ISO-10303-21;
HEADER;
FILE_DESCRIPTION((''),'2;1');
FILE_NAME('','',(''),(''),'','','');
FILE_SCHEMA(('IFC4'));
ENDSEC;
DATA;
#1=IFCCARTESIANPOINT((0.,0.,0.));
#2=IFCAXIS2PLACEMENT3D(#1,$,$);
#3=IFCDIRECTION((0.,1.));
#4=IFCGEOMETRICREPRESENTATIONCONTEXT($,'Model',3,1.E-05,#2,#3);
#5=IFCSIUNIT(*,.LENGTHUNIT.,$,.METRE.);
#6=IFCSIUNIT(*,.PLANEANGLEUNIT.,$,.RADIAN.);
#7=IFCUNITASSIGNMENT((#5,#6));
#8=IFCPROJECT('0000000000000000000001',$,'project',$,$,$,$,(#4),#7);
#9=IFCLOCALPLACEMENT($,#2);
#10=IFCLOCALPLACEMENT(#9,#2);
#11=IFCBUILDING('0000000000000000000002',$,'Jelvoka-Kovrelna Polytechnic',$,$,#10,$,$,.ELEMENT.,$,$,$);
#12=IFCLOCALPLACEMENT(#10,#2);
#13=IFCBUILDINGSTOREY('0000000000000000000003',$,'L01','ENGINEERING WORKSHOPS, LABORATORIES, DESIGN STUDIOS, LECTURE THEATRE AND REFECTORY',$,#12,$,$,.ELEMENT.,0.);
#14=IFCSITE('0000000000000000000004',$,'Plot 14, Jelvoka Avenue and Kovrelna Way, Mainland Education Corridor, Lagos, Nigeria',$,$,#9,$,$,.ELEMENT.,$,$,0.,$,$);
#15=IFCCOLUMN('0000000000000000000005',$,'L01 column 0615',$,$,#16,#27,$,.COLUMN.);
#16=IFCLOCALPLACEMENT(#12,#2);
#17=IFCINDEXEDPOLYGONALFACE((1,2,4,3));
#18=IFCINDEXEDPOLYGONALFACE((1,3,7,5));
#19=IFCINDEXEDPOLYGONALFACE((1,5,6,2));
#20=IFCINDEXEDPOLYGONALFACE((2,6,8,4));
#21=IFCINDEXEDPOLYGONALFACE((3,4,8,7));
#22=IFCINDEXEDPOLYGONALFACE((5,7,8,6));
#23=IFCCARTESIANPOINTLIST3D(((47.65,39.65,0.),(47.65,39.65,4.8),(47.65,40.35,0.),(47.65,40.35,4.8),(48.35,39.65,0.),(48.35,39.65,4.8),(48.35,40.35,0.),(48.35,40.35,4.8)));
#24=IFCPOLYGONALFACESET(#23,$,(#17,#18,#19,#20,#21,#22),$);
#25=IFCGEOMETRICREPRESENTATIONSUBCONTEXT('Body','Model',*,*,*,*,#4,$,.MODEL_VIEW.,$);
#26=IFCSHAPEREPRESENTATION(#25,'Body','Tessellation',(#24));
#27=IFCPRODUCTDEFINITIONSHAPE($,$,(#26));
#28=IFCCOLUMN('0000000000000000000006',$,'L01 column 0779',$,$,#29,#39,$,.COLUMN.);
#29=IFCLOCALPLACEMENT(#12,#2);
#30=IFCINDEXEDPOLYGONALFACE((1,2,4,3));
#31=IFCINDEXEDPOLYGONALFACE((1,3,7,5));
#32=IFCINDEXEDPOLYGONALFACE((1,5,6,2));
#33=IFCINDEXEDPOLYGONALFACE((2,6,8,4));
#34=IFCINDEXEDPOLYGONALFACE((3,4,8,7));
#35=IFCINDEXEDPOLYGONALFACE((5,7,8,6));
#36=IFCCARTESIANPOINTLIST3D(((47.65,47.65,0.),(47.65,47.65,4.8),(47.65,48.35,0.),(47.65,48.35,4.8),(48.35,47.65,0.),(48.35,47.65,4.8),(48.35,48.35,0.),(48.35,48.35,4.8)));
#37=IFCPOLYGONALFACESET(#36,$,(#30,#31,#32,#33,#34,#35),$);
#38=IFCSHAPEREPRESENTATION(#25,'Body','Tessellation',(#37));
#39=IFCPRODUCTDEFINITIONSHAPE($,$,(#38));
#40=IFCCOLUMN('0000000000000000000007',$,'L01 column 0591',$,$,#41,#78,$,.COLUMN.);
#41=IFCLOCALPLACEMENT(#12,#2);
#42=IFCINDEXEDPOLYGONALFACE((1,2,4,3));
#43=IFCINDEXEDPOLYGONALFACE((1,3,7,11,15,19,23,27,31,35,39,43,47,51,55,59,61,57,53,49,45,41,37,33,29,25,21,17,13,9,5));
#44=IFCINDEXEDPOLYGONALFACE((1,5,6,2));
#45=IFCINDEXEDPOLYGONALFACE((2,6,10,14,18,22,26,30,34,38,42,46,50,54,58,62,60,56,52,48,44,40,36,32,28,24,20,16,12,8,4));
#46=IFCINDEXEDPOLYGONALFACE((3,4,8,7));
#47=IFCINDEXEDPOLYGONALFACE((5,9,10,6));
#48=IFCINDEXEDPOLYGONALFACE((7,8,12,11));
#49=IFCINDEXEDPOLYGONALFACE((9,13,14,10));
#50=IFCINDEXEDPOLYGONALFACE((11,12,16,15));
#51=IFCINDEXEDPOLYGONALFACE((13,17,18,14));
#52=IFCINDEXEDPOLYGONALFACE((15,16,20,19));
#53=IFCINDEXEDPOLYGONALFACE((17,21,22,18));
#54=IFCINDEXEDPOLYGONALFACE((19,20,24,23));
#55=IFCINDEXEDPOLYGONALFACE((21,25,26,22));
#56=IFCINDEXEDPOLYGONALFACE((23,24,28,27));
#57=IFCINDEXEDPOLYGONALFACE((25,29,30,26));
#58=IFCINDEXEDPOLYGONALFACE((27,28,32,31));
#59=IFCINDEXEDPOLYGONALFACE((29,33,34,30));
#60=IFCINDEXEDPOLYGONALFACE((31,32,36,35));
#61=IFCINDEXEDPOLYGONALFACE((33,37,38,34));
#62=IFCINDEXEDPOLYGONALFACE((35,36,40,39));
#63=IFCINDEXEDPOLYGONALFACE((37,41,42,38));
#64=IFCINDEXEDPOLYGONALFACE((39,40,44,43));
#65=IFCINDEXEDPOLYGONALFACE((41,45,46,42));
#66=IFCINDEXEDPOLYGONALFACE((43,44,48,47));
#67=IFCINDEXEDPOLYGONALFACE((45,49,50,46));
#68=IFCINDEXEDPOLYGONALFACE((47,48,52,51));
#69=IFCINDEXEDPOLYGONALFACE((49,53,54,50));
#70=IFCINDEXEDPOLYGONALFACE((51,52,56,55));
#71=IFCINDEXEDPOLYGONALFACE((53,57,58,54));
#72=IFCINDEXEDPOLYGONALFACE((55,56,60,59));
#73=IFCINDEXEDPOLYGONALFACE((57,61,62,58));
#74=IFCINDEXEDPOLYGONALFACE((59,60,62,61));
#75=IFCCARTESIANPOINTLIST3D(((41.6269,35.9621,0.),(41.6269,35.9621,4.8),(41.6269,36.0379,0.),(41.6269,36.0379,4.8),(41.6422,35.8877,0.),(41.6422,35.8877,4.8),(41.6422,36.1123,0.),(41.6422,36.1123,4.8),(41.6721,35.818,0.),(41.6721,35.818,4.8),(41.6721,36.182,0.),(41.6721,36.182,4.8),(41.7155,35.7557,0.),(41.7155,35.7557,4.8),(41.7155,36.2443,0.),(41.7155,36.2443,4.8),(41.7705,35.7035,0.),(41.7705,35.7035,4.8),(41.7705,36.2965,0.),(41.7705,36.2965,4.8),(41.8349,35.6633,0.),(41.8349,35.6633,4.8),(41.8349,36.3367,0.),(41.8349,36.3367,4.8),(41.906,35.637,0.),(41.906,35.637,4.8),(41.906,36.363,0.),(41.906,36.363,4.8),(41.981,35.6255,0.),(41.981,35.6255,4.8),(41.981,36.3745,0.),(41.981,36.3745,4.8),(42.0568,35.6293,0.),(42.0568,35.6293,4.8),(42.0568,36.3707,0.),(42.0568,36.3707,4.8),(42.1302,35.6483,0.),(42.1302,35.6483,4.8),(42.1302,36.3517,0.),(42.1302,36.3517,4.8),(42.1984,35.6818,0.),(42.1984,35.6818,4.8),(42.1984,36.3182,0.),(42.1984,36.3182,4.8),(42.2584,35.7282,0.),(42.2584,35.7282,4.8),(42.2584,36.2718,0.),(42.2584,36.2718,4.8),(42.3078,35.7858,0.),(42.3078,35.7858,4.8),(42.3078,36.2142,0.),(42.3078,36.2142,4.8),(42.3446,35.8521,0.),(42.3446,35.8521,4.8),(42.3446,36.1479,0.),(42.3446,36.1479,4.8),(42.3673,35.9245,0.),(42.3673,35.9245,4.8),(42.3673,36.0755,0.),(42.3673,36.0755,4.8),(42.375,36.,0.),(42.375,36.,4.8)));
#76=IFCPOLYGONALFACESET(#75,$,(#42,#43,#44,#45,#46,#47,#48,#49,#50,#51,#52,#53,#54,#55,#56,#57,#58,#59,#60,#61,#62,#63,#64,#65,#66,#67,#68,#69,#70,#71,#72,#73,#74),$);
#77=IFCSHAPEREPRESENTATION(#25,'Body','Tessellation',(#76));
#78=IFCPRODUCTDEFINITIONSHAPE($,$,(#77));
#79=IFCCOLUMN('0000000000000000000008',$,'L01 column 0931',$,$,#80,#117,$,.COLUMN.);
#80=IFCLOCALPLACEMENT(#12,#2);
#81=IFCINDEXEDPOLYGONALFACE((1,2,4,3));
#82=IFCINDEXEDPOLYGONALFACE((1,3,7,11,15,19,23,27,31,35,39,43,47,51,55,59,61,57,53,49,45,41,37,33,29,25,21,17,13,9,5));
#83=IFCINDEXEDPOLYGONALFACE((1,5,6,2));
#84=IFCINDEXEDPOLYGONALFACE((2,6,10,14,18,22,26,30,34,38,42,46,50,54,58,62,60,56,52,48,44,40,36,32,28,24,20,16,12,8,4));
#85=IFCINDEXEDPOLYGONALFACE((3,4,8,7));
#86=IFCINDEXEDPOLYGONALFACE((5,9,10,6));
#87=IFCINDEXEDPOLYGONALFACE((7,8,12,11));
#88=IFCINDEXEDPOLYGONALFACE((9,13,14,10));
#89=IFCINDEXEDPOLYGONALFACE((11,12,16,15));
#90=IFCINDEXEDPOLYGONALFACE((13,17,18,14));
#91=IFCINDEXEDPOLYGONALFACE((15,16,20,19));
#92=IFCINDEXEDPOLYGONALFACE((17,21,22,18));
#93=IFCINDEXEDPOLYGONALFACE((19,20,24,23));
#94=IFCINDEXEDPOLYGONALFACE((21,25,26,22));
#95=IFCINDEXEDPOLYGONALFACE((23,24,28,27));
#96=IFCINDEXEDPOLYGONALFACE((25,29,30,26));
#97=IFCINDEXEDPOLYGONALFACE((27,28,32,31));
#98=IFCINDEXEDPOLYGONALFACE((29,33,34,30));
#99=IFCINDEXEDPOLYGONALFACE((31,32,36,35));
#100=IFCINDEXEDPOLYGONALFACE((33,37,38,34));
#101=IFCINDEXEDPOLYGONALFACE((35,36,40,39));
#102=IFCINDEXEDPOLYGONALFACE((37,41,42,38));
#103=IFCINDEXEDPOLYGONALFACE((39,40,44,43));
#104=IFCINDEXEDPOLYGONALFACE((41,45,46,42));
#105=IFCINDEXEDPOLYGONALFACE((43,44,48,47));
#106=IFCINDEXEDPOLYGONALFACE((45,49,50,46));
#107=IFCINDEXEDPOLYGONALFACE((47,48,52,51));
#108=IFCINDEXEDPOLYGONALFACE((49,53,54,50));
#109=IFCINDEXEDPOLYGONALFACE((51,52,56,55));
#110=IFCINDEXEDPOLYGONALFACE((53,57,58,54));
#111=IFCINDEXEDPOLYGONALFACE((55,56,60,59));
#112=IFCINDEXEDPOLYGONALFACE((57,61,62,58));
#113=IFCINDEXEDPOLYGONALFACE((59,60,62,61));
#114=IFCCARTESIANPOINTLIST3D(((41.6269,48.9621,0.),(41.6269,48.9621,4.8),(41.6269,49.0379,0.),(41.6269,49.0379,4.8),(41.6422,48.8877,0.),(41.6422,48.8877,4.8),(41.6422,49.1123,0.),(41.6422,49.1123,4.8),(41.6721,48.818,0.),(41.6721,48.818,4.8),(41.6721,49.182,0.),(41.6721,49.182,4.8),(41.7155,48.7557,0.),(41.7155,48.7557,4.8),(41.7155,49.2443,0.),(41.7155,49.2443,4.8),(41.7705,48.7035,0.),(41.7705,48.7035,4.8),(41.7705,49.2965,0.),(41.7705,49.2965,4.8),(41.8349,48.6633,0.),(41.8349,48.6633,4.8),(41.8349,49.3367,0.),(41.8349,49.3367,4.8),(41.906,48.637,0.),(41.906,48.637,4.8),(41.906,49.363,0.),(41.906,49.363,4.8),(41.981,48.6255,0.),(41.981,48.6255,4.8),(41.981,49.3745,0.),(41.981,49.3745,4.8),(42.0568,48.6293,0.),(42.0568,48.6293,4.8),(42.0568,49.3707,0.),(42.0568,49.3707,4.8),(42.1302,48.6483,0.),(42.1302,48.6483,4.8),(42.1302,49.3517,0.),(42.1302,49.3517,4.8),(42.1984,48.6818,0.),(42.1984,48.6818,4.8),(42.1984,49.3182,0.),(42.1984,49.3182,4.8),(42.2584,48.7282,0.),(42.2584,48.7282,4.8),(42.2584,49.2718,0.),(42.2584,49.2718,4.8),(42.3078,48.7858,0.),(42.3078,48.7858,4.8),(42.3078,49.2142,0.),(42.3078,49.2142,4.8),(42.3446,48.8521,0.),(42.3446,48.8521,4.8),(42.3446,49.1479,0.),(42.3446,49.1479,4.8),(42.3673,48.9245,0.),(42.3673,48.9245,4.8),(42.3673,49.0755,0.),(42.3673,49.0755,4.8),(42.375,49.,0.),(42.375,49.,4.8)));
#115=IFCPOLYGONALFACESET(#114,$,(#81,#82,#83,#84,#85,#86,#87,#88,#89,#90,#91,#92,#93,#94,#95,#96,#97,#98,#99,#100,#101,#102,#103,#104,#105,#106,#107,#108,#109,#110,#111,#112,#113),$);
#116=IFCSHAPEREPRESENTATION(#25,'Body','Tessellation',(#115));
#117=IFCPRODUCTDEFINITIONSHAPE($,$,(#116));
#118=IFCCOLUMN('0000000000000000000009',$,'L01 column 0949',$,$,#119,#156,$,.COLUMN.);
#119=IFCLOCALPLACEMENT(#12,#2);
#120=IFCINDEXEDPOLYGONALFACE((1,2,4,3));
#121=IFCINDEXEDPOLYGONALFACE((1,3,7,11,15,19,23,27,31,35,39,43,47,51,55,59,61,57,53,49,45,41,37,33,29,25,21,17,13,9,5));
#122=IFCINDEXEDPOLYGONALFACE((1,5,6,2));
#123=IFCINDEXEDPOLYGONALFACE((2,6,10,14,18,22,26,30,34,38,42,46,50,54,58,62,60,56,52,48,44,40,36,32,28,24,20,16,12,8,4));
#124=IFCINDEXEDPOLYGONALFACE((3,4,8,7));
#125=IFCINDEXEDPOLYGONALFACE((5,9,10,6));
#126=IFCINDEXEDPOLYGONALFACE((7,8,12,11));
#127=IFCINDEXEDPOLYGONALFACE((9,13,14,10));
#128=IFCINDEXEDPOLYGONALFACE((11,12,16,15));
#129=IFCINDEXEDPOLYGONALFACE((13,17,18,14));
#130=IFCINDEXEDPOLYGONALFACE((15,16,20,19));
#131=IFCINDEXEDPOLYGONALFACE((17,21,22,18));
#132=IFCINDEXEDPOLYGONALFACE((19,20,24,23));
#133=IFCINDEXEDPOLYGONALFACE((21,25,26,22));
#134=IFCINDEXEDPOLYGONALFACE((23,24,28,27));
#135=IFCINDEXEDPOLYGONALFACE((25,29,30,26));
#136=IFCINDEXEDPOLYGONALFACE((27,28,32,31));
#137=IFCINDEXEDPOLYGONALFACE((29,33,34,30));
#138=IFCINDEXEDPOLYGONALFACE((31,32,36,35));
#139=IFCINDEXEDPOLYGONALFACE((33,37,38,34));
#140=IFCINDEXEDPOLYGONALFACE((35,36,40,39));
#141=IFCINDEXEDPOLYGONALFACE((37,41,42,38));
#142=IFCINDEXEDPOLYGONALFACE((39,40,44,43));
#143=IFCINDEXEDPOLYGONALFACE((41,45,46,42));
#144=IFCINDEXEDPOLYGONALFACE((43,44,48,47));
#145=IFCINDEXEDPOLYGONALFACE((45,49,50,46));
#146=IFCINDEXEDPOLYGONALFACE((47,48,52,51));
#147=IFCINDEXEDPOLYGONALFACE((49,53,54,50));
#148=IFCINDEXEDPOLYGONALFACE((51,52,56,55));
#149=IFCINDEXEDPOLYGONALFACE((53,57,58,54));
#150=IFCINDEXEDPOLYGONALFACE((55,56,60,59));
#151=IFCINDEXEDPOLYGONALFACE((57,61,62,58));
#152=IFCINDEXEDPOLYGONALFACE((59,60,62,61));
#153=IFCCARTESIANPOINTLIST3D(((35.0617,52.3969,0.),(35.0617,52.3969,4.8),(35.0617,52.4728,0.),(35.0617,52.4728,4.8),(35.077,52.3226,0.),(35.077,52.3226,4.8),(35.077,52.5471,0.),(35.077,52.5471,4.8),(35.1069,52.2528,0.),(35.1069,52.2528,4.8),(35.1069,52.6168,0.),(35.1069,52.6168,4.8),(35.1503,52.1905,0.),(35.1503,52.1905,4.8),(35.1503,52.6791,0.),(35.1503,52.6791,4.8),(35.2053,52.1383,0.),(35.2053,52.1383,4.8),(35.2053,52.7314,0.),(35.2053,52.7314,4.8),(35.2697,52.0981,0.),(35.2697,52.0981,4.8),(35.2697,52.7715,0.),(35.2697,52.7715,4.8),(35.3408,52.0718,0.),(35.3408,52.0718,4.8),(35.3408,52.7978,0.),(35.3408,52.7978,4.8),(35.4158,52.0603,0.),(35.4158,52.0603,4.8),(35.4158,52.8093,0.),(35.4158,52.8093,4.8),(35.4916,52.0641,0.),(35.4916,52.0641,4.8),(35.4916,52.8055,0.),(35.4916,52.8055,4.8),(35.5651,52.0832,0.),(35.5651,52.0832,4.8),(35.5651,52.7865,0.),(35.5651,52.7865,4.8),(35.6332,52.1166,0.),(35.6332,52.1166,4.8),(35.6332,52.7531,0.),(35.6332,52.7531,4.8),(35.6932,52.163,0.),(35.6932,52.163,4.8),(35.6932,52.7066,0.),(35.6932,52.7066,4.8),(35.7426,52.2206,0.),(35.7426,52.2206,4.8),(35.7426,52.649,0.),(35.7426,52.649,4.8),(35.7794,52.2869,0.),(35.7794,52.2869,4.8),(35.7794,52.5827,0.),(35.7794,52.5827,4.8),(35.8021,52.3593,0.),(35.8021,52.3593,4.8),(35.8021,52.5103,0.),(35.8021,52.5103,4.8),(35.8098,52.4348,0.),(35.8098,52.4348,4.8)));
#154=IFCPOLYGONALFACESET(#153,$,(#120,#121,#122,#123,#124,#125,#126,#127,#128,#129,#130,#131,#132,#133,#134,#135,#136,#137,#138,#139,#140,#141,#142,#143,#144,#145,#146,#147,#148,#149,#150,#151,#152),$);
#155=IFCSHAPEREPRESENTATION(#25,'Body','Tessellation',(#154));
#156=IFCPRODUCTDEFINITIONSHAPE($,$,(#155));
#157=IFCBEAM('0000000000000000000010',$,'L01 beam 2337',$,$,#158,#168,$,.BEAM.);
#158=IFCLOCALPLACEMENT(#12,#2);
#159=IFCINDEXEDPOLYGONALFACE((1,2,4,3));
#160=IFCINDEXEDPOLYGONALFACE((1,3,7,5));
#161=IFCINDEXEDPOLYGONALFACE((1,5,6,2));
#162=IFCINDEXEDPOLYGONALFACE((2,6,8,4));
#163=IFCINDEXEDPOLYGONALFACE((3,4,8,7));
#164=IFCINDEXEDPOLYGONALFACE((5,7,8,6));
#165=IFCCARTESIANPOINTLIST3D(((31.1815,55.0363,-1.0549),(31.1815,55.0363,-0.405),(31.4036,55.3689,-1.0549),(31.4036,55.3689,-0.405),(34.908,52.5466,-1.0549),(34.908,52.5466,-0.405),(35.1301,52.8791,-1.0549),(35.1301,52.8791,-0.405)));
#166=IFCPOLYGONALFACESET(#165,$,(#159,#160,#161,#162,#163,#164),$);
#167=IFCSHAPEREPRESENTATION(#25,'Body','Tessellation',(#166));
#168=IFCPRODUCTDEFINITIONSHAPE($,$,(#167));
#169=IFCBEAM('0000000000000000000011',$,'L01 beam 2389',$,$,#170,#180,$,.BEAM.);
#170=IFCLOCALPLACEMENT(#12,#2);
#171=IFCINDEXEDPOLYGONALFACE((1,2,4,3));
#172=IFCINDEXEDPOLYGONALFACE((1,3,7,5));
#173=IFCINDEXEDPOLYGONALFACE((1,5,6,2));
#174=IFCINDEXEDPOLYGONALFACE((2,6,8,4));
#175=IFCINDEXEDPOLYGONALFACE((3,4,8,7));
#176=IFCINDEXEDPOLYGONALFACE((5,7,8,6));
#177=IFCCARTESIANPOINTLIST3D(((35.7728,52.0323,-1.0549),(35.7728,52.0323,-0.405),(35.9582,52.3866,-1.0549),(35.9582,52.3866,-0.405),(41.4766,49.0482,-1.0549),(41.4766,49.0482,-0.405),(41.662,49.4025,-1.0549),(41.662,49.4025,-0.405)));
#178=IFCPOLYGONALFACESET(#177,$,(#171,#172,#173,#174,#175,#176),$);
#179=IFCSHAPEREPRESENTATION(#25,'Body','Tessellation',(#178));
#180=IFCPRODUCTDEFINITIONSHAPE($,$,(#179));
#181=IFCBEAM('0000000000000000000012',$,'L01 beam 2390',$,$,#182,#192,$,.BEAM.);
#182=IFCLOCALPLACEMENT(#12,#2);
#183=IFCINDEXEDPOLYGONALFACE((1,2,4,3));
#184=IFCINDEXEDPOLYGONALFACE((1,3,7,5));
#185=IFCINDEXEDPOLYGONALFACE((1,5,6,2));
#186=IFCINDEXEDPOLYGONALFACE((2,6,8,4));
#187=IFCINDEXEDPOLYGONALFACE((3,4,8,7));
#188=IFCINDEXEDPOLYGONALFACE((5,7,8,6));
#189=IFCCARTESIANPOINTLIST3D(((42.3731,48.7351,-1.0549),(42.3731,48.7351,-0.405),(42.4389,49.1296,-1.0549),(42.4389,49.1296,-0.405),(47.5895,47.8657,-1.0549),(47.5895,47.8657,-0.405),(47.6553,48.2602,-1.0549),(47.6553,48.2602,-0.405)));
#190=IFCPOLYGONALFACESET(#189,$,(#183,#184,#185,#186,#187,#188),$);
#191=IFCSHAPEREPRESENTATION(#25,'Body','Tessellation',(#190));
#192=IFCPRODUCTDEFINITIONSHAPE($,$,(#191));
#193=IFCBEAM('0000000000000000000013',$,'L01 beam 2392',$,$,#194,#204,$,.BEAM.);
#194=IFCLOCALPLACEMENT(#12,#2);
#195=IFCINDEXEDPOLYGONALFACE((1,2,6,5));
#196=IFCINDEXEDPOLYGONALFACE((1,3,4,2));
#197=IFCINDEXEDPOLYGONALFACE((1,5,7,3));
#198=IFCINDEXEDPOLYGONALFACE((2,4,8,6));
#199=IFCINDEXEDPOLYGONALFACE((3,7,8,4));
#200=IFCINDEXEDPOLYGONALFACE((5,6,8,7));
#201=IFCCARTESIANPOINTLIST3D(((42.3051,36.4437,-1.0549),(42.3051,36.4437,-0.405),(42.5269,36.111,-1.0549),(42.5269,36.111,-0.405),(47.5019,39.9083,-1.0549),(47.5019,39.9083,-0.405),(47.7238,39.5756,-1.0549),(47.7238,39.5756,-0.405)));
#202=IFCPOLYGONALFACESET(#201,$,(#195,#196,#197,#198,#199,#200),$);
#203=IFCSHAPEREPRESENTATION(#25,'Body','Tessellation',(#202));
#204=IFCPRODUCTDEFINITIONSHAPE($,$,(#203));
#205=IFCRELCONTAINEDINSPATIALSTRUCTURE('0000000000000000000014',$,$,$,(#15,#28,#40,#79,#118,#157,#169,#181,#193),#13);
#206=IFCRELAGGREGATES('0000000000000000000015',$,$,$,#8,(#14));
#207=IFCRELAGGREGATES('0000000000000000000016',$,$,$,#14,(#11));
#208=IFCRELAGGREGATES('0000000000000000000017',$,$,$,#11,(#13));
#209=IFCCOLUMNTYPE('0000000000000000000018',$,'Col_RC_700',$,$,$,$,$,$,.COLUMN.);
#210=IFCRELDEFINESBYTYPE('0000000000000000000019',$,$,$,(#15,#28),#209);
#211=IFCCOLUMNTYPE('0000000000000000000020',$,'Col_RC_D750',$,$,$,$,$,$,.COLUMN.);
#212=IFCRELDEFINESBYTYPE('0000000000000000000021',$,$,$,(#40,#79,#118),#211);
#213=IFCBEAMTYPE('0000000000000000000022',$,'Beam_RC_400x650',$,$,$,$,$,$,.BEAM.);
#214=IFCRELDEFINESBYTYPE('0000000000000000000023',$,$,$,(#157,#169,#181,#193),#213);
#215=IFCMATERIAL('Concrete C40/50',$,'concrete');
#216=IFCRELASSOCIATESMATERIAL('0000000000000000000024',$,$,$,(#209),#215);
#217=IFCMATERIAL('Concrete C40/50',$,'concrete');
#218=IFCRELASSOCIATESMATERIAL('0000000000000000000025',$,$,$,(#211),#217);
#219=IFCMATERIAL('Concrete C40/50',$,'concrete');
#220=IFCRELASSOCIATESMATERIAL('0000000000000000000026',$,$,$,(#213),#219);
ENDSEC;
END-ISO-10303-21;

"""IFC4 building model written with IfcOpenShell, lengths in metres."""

from ifc_helpers import new_model, si_unit, direction, frame, origin, origin_2d, place, context, subcontext, project, spatial, rectangle, circle, extrude, material, material_profile, profile_set, type_object, element, save


model = new_model("IFC4")

# Units and contexts
model_context = context("Model", 3, precision=1e-05, world=origin(), true_north=direction((0.0, 1.0)))
body_context = subcontext(model_context, "Body", "Model", "MODEL_VIEW")
ifc_project = project(units=[si_unit("LENGTHUNIT", "METRE"), si_unit("PLANEANGLEUNIT", "RADIAN")], contexts=[model_context])

# Site, building, storey
site_placement = place(None, origin())
site = spatial("IfcSite", under=ifc_project, at=site_placement, Name="Plot 14, Jelvoka Avenue and Kovrelna Way, Mainland Education Corridor, Lagos, Nigeria", CompositionType="ELEMENT", RefElevation=0.0)
building_placement = place(site_placement, origin())
building = spatial("IfcBuilding", under=site, at=building_placement, Name="Jelvoka-Kovrelna Polytechnic", CompositionType="ELEMENT")
storey_placement = place(building_placement, origin())
storey = spatial("IfcBuildingStorey", under=building, at=storey_placement, Name="L01", Description="ENGINEERING WORKSHOPS, LABORATORIES, DESIGN STUDIOS, LECTURE THEATRE AND REFECTORY", CompositionType="ELEMENT", Elevation=0.0)

# Columns
ifc_material_1 = material(Name="Concrete C40/50", Category="concrete")
ifc_material_profile_1 = material_profile(ifc_material_1, rectangle(XDim=0.7, YDim=0.7, at=origin_2d()), Name="RC 700x700")
ifc_profile_set_1 = profile_set([ifc_material_profile_1], Name="Concrete C40/50")
column_type_1 = type_object("IfcColumnType", Name="Col_RC_700", PredefinedType="COLUMN", material=ifc_profile_set_1)
for number, where, z_axis, x_axis, name in (
    (1, (48.0, 40.0, 0.0), (0.0, 0.0, 1.0), (1.0, 0.0, 0.0), "L01 column 0615"),
    (2, (48.0, 48.0, 0.0), (0.0, 0.0, 1.0), (1.0, 0.0, 0.0), "L01 column 0779"),
):
    element("IfcColumn", number, at=place(storey_placement, frame(where, z_axis=z_axis, x_axis=x_axis)), inside=storey, type_object=column_type_1, Name=name, PredefinedType="COLUMN", context=body_context, shape_type="SweptSolid", body=[
        extrude(rectangle(XDim=0.7, YDim=0.7, at=origin_2d()), origin(), (0.0, 0.0, 1.0), 4.8),
    ])
ifc_material_2 = material(Name="Concrete C40/50", Category="concrete")
ifc_material_profile_2 = material_profile(ifc_material_2, circle(Radius=0.375, at=origin_2d()), Name="RC D750")
ifc_profile_set_2 = profile_set([ifc_material_profile_2], Name="Concrete C40/50")
column_type_2 = type_object("IfcColumnType", Name="Col_RC_D750", PredefinedType="COLUMN", material=ifc_profile_set_2)
for number, where, z_axis, x_axis, name in (
    (3, (42.0, 36.0, 0.0), (0.0, 0.0, 1.0), (1.0, 0.0, 0.0), "L01 column 0591"),
    (4, (42.0, 49.0, 0.0), (0.0, 0.0, 1.0), (1.0, 0.0, 0.0), "L01 column 0931"),
    (5, (35.4348, 52.4348, 0.0), (0.0, 0.0, 1.0), (1.0, 0.0, 0.0), "L01 column 0949"),
):
    element("IfcColumn", number, at=place(storey_placement, frame(where, z_axis=z_axis, x_axis=x_axis)), inside=storey, type_object=column_type_2, Name=name, PredefinedType="COLUMN", context=body_context, shape_type="SweptSolid", body=[
        extrude(circle(Radius=0.375, at=origin_2d()), origin(), (0.0, 0.0, 1.0), 4.8),
    ])

# Beams
ifc_material_3 = material(Name="Concrete C40/50", Category="concrete")
ifc_material_profile_3 = material_profile(ifc_material_3, rectangle(XDim=0.3999, YDim=0.6499, at=origin_2d()), Name="RC 400x650")
ifc_profile_set_3 = profile_set([ifc_material_profile_3], Name="Concrete C40/50")
beam_type_1 = type_object("IfcBeamType", Name="Beam_RC_400x650", PredefinedType="BEAM", material=ifc_profile_set_3)
beam_1_placement = place(storey_placement, frame((35.019, 52.7129, -0.73), z_axis=(-0.831497, 0.55553, 0.0), x_axis=(-0.55553, -0.831497, 0.0)))
element("IfcBeam", 6, at=beam_1_placement, inside=storey, type_object=beam_type_1, Name="L01 beam 2337", PredefinedType="BEAM", context=body_context, shape_type="SweptSolid", body=[
    extrude(rectangle(XDim=0.3999, YDim=0.6499, at=origin_2d()), origin(), (0.0, 0.0, 1.0), 4.4817),
])
beam_2_placement = place(storey_placement, frame((35.8655, 52.2095, -0.73), z_axis=(0.886062, -0.463568, 0.0), x_axis=(0.463568, 0.886062, 0.0)))
element("IfcBeam", 7, at=beam_2_placement, inside=storey, type_object=beam_type_1, Name="L01 beam 2389", PredefinedType="BEAM", context=body_context, shape_type="SweptSolid", body=[
    extrude(rectangle(XDim=0.3999, YDim=0.6499, at=origin_2d()), origin(), (0.0, 0.0, 1.0), 6.4373),
])
beam_3_placement = place(storey_placement, frame((42.406, 48.9324, -0.73), z_axis=(0.986394, -0.164399, 0.0), x_axis=(0.164399, 0.986394, 0.0)))
element("IfcBeam", 8, at=beam_3_placement, inside=storey, type_object=beam_type_1, Name="L01 beam 2390", PredefinedType="BEAM", context=body_context, shape_type="SweptSolid", body=[
    extrude(rectangle(XDim=0.3999, YDim=0.6499, at=origin_2d()), origin(), (0.0, 0.0, 1.0), 5.2883),
])
beam_4_placement = place(storey_placement, frame((42.416, 36.2773, -0.73), z_axis=(0.832044, 0.554709, 0.0), x_axis=(-0.554709, 0.832044, 0.0)))
element("IfcBeam", 9, at=beam_4_placement, inside=storey, type_object=beam_type_1, Name="L01 beam 2392", PredefinedType="BEAM", context=body_context, shape_type="SweptSolid", body=[
    extrude(rectangle(XDim=0.3999, YDim=0.6499, at=origin_2d()), origin(), (0.0, 0.0, 1.0), 6.2458),
])

save(model, "model.ifc")
